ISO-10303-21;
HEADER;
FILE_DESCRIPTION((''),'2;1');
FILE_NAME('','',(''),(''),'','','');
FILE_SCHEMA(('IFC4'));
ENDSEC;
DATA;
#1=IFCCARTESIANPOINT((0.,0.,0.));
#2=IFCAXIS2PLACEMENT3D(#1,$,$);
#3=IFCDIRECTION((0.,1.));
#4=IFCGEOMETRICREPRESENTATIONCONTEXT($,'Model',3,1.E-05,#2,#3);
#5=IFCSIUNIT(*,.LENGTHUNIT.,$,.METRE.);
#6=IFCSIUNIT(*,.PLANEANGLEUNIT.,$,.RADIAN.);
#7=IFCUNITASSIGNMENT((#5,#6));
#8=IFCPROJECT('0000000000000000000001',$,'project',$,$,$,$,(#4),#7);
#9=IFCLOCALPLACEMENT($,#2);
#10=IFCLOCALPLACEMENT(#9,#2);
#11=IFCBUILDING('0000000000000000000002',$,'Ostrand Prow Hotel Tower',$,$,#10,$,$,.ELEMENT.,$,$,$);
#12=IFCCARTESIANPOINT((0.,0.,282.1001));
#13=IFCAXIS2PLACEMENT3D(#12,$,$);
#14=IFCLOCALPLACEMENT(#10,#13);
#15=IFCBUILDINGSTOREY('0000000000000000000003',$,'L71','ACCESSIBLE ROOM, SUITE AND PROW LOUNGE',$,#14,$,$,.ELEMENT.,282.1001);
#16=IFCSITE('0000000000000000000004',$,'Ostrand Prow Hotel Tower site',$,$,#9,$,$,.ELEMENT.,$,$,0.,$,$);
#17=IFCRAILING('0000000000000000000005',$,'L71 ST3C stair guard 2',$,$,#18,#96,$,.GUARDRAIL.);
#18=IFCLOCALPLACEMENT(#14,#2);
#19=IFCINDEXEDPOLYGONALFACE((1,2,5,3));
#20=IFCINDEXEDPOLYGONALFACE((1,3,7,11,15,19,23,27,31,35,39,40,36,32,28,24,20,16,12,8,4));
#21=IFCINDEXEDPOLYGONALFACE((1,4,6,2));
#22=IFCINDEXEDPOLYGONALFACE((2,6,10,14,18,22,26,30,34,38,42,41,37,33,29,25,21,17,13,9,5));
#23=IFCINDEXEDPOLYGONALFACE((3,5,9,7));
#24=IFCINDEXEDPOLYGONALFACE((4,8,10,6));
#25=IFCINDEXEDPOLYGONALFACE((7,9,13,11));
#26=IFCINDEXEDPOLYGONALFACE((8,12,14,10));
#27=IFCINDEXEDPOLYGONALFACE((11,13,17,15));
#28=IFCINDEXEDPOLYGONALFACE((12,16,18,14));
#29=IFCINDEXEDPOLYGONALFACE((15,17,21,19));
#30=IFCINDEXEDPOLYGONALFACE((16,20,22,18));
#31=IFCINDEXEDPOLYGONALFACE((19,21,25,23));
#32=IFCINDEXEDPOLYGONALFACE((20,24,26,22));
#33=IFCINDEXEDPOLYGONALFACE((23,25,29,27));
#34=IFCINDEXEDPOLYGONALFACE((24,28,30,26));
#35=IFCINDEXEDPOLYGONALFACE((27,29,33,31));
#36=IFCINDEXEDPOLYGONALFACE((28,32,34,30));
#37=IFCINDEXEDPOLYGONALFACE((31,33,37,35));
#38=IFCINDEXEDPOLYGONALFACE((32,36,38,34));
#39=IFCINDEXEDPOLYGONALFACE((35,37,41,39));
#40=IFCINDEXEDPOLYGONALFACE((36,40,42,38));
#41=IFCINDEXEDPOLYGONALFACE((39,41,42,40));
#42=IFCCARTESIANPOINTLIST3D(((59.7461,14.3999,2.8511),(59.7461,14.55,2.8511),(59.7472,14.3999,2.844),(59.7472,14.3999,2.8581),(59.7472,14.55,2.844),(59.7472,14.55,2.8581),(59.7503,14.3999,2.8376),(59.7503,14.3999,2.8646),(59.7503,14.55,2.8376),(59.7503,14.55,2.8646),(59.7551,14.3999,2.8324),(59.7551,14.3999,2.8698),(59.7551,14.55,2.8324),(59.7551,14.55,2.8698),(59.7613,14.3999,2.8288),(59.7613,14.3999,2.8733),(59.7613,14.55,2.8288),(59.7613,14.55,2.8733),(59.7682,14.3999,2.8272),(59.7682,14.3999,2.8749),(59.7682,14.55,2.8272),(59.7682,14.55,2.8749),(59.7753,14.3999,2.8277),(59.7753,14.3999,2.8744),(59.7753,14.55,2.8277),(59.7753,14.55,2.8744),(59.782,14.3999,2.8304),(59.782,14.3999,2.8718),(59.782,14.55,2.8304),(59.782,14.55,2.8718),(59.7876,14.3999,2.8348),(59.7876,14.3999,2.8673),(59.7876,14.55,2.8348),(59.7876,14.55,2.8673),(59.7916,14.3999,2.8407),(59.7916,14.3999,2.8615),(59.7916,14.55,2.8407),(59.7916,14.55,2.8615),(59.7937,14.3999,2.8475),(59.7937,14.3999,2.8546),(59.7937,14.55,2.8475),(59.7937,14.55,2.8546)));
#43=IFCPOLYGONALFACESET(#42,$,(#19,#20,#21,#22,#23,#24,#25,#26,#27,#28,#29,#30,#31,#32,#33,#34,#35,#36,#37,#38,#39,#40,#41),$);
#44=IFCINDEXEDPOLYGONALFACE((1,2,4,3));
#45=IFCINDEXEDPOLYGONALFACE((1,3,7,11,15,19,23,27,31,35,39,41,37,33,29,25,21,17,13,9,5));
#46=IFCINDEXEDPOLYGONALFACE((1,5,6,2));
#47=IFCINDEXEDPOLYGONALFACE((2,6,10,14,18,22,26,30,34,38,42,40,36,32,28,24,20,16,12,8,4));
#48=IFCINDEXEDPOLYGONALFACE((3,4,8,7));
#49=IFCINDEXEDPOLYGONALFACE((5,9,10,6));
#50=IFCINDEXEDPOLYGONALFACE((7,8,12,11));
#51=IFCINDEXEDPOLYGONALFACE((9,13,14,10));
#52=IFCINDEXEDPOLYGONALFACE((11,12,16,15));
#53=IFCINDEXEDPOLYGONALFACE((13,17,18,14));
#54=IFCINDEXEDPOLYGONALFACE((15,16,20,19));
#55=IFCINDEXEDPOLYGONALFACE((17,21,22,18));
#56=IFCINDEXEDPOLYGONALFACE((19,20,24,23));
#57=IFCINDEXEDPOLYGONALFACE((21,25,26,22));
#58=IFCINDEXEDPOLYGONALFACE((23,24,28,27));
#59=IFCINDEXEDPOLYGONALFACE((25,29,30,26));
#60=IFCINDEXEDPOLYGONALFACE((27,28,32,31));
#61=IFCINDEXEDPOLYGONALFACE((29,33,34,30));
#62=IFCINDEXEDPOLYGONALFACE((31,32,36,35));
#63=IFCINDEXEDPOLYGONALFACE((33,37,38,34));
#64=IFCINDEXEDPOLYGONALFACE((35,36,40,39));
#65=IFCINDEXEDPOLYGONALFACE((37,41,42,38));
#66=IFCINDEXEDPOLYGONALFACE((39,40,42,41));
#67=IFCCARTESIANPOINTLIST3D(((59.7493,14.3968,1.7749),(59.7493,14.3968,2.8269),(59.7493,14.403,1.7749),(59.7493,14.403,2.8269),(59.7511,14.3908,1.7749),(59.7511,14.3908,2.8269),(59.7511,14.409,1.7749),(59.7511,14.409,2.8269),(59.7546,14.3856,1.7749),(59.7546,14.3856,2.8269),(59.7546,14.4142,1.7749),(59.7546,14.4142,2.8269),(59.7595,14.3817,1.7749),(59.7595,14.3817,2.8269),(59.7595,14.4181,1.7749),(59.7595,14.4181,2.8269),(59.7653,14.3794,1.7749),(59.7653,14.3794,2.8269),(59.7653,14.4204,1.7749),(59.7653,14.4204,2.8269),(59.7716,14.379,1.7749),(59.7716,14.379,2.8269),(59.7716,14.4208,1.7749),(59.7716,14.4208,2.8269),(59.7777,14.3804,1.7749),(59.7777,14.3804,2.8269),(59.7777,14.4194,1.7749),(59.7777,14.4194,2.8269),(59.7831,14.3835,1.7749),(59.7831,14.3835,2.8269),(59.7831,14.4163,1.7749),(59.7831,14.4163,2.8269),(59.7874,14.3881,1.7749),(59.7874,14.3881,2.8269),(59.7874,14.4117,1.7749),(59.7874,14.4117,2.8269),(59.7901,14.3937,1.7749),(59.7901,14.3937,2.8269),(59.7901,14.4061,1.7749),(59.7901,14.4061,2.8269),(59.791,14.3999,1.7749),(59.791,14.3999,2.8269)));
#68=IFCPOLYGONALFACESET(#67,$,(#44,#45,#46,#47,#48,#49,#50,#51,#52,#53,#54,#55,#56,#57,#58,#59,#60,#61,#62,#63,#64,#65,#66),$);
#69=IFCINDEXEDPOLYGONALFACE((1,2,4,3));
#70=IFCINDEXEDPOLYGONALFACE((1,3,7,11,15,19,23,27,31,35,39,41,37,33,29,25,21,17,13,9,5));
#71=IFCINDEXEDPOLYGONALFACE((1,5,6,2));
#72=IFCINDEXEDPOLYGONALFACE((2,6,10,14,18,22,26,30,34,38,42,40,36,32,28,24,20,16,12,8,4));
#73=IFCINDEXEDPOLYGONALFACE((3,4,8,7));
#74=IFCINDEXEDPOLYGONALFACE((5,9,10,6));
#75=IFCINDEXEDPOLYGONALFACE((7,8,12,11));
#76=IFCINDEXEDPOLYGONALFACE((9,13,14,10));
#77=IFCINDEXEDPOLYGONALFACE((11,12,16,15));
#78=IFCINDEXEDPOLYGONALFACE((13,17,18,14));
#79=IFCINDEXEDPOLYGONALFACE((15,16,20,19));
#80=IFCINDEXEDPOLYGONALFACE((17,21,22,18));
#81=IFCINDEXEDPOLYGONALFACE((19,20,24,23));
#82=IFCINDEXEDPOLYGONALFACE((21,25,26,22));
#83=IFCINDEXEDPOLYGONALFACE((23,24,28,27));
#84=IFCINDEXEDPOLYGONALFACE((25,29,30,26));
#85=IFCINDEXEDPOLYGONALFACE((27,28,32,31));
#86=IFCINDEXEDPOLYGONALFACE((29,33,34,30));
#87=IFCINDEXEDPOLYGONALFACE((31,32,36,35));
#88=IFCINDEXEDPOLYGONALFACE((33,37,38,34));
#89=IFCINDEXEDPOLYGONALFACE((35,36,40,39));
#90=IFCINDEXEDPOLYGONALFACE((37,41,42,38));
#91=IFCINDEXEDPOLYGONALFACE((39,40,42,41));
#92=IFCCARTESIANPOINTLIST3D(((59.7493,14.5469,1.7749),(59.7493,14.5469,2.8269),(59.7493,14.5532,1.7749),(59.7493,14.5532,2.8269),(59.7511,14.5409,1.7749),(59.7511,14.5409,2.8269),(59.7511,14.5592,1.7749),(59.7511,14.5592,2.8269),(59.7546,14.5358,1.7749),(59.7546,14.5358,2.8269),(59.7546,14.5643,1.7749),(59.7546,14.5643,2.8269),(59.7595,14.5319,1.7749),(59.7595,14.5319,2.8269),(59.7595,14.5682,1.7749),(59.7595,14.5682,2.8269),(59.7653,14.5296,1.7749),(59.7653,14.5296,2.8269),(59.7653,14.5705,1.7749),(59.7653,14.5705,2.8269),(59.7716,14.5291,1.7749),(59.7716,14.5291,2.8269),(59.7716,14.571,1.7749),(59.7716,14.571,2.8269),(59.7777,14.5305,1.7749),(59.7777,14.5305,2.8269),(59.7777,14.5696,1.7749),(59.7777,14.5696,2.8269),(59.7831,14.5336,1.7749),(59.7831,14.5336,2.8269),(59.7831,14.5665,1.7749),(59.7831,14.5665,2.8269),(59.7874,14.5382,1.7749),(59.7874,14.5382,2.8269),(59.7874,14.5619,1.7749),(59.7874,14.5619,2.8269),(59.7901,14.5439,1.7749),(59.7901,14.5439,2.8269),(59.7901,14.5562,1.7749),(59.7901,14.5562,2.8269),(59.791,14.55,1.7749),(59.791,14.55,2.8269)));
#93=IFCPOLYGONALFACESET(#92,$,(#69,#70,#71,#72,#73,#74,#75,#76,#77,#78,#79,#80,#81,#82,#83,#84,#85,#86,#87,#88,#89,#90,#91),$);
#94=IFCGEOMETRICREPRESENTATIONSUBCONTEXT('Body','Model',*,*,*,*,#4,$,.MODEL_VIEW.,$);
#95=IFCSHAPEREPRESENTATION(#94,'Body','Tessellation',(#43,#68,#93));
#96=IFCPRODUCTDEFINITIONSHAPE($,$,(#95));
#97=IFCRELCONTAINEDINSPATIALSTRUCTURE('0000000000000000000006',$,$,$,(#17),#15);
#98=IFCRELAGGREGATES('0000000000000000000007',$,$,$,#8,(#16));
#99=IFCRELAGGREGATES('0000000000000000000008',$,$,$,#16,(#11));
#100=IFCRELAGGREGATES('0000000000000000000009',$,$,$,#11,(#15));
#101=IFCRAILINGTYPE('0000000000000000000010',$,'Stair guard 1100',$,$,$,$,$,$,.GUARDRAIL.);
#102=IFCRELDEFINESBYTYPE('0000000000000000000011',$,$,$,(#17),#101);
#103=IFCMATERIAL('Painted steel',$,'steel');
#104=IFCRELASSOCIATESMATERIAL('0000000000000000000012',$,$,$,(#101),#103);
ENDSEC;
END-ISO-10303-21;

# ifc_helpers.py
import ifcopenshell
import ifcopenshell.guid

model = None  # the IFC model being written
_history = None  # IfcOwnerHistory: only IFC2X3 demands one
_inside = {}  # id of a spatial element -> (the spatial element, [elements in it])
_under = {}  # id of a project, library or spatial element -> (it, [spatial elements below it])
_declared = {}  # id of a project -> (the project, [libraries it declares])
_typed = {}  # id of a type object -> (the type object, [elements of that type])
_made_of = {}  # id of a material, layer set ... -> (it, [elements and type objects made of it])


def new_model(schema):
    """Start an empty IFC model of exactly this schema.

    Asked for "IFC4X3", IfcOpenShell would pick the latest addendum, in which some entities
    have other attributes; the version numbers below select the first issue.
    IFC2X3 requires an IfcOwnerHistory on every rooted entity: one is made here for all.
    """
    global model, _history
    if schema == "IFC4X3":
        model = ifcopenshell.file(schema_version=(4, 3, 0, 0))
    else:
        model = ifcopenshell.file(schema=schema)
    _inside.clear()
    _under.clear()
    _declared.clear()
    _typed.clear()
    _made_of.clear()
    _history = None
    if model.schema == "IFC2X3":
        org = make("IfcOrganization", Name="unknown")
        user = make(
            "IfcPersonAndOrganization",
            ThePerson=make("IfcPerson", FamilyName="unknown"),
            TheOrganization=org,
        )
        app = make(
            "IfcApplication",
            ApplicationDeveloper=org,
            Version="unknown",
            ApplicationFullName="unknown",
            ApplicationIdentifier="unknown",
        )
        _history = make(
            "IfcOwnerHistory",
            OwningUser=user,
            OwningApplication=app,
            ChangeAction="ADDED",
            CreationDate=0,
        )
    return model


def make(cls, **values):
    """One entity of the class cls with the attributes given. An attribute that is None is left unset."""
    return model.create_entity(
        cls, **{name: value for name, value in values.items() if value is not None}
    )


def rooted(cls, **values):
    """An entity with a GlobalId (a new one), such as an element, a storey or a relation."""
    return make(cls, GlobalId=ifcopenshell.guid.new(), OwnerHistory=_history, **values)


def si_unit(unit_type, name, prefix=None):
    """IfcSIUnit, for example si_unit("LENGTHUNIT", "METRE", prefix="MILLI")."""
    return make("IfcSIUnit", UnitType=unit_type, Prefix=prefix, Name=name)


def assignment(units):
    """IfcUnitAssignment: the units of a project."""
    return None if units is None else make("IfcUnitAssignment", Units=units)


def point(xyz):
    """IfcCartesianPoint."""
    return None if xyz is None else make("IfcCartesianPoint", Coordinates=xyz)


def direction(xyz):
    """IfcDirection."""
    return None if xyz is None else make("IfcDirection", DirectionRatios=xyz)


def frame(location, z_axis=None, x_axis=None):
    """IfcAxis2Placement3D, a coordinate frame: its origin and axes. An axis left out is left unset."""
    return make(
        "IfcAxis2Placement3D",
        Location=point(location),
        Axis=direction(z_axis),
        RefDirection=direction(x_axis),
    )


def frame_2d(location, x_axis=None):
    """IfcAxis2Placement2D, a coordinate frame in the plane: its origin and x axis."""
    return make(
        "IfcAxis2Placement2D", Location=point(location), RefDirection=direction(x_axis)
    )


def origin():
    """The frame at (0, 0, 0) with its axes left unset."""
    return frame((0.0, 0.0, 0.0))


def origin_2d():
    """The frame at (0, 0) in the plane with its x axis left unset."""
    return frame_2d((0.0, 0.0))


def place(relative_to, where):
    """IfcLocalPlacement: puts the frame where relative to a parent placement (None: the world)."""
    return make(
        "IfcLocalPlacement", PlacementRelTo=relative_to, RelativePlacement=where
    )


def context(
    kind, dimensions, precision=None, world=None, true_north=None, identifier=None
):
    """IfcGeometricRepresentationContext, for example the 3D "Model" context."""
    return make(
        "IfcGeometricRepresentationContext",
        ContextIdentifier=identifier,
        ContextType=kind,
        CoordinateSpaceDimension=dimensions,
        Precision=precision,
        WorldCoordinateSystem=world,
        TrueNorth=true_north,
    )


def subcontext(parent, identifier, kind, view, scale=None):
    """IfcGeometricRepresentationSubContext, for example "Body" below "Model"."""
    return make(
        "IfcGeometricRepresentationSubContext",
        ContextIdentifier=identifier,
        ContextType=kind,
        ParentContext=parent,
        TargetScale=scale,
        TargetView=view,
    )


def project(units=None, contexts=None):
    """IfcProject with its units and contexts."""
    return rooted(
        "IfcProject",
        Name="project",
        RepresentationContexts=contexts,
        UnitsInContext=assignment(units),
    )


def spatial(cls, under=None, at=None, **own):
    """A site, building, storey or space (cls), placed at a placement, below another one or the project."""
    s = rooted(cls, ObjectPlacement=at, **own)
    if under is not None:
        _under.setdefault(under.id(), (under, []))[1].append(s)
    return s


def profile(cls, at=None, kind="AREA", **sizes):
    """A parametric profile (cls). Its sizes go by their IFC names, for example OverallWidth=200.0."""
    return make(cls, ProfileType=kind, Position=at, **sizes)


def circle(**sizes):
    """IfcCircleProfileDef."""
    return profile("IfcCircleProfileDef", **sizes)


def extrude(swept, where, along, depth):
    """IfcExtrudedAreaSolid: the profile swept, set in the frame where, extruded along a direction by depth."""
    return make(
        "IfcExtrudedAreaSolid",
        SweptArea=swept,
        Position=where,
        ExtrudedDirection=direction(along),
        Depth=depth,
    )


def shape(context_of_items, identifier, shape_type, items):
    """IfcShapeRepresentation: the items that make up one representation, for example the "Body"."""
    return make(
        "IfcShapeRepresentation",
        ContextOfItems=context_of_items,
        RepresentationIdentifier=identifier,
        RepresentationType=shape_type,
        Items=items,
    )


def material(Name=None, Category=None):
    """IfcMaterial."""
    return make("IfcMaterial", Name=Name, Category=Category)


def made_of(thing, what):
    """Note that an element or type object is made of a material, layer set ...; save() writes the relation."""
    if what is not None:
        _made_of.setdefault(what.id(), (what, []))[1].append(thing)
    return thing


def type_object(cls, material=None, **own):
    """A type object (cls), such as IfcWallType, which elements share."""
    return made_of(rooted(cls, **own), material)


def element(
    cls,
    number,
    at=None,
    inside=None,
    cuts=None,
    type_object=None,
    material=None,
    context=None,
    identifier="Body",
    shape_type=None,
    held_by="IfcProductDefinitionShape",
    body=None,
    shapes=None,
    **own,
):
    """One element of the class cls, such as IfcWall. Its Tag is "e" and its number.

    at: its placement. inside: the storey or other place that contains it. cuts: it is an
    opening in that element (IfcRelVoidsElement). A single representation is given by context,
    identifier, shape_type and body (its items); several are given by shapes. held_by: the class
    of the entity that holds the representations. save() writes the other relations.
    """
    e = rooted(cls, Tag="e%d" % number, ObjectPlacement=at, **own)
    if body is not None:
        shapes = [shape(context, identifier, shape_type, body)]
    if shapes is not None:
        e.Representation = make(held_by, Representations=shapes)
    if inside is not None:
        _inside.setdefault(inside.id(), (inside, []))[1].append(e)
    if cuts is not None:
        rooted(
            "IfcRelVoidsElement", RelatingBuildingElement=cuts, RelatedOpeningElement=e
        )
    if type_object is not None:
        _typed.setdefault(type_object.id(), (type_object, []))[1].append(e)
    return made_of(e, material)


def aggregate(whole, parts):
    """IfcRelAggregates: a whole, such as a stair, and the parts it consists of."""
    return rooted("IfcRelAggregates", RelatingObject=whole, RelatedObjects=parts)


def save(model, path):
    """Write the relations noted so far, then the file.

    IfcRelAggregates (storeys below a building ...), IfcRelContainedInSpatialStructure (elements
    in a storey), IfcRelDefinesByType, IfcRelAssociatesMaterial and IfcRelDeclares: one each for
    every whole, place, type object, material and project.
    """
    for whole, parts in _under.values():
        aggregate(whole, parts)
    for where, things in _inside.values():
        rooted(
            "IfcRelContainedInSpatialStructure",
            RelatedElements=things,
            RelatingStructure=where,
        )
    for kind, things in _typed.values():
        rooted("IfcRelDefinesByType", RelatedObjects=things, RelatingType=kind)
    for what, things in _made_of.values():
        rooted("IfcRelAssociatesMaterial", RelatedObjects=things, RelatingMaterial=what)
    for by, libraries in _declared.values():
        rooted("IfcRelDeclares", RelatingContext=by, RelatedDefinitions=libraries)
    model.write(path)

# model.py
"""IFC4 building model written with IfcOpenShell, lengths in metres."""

from ifc_helpers import new_model, si_unit, direction, frame, origin, origin_2d, place, context, subcontext, project, spatial, circle, extrude, material, type_object, element, save


model = new_model("IFC4")

# Units and contexts
model_context = context("Model", 3, precision=1e-05, world=origin(), true_north=direction((0.0, 1.0)))
body_context = subcontext(model_context, "Body", "Model", "MODEL_VIEW")
ifc_project = project(units=[si_unit("LENGTHUNIT", "METRE"), si_unit("PLANEANGLEUNIT", "RADIAN")], contexts=[model_context])

# Site, building, storey
site_placement = place(None, origin())
site = spatial("IfcSite", under=ifc_project, at=site_placement, Name="Ostrand Prow Hotel Tower site", CompositionType="ELEMENT", RefElevation=0.0)
building_placement = place(site_placement, origin())
building = spatial("IfcBuilding", under=site, at=building_placement, Name="Ostrand Prow Hotel Tower", CompositionType="ELEMENT")
storey_placement = place(building_placement, frame((0.0, 0.0, 282.1001)))
storey = spatial("IfcBuildingStorey", under=building, at=storey_placement, Name="L71", Description="ACCESSIBLE ROOM, SUITE AND PROW LOUNGE", CompositionType="ELEMENT", Elevation=282.1001)

# Railing
ifc_material_1 = material(Name="Painted steel", Category="steel")
railing_type_1 = type_object("IfcRailingType", Name="Stair guard 1100", PredefinedType="GUARDRAIL", material=ifc_material_1)
railing_1_placement = place(storey_placement, frame((59.77, 14.3999, 1.7749)))
element("IfcRailing", 1, at=railing_1_placement, inside=storey, type_object=railing_type_1, Name="L71 ST3C stair guard 2", PredefinedType="GUARDRAIL", context=body_context, shape_type="SweptSolid", body=[
    extrude(circle(Radius=0.0239, at=origin_2d()), frame((0.0, 0.0, 1.0762), z_axis=(0.0, 1.0, 0.0), x_axis=(-1.0, 0.0, 0.0)), (0.0, 0.0, 1.0), 0.1501),
    extrude(circle(Radius=0.021, at=origin_2d()), origin(), (0.0, 0.0, 1.0), 1.052),
    extrude(circle(Radius=0.021, at=origin_2d()), frame((0.0, 0.1501, 0.0)), (0.0, 0.0, 1.0), 1.052),
])

save(model, "model.ifc")
